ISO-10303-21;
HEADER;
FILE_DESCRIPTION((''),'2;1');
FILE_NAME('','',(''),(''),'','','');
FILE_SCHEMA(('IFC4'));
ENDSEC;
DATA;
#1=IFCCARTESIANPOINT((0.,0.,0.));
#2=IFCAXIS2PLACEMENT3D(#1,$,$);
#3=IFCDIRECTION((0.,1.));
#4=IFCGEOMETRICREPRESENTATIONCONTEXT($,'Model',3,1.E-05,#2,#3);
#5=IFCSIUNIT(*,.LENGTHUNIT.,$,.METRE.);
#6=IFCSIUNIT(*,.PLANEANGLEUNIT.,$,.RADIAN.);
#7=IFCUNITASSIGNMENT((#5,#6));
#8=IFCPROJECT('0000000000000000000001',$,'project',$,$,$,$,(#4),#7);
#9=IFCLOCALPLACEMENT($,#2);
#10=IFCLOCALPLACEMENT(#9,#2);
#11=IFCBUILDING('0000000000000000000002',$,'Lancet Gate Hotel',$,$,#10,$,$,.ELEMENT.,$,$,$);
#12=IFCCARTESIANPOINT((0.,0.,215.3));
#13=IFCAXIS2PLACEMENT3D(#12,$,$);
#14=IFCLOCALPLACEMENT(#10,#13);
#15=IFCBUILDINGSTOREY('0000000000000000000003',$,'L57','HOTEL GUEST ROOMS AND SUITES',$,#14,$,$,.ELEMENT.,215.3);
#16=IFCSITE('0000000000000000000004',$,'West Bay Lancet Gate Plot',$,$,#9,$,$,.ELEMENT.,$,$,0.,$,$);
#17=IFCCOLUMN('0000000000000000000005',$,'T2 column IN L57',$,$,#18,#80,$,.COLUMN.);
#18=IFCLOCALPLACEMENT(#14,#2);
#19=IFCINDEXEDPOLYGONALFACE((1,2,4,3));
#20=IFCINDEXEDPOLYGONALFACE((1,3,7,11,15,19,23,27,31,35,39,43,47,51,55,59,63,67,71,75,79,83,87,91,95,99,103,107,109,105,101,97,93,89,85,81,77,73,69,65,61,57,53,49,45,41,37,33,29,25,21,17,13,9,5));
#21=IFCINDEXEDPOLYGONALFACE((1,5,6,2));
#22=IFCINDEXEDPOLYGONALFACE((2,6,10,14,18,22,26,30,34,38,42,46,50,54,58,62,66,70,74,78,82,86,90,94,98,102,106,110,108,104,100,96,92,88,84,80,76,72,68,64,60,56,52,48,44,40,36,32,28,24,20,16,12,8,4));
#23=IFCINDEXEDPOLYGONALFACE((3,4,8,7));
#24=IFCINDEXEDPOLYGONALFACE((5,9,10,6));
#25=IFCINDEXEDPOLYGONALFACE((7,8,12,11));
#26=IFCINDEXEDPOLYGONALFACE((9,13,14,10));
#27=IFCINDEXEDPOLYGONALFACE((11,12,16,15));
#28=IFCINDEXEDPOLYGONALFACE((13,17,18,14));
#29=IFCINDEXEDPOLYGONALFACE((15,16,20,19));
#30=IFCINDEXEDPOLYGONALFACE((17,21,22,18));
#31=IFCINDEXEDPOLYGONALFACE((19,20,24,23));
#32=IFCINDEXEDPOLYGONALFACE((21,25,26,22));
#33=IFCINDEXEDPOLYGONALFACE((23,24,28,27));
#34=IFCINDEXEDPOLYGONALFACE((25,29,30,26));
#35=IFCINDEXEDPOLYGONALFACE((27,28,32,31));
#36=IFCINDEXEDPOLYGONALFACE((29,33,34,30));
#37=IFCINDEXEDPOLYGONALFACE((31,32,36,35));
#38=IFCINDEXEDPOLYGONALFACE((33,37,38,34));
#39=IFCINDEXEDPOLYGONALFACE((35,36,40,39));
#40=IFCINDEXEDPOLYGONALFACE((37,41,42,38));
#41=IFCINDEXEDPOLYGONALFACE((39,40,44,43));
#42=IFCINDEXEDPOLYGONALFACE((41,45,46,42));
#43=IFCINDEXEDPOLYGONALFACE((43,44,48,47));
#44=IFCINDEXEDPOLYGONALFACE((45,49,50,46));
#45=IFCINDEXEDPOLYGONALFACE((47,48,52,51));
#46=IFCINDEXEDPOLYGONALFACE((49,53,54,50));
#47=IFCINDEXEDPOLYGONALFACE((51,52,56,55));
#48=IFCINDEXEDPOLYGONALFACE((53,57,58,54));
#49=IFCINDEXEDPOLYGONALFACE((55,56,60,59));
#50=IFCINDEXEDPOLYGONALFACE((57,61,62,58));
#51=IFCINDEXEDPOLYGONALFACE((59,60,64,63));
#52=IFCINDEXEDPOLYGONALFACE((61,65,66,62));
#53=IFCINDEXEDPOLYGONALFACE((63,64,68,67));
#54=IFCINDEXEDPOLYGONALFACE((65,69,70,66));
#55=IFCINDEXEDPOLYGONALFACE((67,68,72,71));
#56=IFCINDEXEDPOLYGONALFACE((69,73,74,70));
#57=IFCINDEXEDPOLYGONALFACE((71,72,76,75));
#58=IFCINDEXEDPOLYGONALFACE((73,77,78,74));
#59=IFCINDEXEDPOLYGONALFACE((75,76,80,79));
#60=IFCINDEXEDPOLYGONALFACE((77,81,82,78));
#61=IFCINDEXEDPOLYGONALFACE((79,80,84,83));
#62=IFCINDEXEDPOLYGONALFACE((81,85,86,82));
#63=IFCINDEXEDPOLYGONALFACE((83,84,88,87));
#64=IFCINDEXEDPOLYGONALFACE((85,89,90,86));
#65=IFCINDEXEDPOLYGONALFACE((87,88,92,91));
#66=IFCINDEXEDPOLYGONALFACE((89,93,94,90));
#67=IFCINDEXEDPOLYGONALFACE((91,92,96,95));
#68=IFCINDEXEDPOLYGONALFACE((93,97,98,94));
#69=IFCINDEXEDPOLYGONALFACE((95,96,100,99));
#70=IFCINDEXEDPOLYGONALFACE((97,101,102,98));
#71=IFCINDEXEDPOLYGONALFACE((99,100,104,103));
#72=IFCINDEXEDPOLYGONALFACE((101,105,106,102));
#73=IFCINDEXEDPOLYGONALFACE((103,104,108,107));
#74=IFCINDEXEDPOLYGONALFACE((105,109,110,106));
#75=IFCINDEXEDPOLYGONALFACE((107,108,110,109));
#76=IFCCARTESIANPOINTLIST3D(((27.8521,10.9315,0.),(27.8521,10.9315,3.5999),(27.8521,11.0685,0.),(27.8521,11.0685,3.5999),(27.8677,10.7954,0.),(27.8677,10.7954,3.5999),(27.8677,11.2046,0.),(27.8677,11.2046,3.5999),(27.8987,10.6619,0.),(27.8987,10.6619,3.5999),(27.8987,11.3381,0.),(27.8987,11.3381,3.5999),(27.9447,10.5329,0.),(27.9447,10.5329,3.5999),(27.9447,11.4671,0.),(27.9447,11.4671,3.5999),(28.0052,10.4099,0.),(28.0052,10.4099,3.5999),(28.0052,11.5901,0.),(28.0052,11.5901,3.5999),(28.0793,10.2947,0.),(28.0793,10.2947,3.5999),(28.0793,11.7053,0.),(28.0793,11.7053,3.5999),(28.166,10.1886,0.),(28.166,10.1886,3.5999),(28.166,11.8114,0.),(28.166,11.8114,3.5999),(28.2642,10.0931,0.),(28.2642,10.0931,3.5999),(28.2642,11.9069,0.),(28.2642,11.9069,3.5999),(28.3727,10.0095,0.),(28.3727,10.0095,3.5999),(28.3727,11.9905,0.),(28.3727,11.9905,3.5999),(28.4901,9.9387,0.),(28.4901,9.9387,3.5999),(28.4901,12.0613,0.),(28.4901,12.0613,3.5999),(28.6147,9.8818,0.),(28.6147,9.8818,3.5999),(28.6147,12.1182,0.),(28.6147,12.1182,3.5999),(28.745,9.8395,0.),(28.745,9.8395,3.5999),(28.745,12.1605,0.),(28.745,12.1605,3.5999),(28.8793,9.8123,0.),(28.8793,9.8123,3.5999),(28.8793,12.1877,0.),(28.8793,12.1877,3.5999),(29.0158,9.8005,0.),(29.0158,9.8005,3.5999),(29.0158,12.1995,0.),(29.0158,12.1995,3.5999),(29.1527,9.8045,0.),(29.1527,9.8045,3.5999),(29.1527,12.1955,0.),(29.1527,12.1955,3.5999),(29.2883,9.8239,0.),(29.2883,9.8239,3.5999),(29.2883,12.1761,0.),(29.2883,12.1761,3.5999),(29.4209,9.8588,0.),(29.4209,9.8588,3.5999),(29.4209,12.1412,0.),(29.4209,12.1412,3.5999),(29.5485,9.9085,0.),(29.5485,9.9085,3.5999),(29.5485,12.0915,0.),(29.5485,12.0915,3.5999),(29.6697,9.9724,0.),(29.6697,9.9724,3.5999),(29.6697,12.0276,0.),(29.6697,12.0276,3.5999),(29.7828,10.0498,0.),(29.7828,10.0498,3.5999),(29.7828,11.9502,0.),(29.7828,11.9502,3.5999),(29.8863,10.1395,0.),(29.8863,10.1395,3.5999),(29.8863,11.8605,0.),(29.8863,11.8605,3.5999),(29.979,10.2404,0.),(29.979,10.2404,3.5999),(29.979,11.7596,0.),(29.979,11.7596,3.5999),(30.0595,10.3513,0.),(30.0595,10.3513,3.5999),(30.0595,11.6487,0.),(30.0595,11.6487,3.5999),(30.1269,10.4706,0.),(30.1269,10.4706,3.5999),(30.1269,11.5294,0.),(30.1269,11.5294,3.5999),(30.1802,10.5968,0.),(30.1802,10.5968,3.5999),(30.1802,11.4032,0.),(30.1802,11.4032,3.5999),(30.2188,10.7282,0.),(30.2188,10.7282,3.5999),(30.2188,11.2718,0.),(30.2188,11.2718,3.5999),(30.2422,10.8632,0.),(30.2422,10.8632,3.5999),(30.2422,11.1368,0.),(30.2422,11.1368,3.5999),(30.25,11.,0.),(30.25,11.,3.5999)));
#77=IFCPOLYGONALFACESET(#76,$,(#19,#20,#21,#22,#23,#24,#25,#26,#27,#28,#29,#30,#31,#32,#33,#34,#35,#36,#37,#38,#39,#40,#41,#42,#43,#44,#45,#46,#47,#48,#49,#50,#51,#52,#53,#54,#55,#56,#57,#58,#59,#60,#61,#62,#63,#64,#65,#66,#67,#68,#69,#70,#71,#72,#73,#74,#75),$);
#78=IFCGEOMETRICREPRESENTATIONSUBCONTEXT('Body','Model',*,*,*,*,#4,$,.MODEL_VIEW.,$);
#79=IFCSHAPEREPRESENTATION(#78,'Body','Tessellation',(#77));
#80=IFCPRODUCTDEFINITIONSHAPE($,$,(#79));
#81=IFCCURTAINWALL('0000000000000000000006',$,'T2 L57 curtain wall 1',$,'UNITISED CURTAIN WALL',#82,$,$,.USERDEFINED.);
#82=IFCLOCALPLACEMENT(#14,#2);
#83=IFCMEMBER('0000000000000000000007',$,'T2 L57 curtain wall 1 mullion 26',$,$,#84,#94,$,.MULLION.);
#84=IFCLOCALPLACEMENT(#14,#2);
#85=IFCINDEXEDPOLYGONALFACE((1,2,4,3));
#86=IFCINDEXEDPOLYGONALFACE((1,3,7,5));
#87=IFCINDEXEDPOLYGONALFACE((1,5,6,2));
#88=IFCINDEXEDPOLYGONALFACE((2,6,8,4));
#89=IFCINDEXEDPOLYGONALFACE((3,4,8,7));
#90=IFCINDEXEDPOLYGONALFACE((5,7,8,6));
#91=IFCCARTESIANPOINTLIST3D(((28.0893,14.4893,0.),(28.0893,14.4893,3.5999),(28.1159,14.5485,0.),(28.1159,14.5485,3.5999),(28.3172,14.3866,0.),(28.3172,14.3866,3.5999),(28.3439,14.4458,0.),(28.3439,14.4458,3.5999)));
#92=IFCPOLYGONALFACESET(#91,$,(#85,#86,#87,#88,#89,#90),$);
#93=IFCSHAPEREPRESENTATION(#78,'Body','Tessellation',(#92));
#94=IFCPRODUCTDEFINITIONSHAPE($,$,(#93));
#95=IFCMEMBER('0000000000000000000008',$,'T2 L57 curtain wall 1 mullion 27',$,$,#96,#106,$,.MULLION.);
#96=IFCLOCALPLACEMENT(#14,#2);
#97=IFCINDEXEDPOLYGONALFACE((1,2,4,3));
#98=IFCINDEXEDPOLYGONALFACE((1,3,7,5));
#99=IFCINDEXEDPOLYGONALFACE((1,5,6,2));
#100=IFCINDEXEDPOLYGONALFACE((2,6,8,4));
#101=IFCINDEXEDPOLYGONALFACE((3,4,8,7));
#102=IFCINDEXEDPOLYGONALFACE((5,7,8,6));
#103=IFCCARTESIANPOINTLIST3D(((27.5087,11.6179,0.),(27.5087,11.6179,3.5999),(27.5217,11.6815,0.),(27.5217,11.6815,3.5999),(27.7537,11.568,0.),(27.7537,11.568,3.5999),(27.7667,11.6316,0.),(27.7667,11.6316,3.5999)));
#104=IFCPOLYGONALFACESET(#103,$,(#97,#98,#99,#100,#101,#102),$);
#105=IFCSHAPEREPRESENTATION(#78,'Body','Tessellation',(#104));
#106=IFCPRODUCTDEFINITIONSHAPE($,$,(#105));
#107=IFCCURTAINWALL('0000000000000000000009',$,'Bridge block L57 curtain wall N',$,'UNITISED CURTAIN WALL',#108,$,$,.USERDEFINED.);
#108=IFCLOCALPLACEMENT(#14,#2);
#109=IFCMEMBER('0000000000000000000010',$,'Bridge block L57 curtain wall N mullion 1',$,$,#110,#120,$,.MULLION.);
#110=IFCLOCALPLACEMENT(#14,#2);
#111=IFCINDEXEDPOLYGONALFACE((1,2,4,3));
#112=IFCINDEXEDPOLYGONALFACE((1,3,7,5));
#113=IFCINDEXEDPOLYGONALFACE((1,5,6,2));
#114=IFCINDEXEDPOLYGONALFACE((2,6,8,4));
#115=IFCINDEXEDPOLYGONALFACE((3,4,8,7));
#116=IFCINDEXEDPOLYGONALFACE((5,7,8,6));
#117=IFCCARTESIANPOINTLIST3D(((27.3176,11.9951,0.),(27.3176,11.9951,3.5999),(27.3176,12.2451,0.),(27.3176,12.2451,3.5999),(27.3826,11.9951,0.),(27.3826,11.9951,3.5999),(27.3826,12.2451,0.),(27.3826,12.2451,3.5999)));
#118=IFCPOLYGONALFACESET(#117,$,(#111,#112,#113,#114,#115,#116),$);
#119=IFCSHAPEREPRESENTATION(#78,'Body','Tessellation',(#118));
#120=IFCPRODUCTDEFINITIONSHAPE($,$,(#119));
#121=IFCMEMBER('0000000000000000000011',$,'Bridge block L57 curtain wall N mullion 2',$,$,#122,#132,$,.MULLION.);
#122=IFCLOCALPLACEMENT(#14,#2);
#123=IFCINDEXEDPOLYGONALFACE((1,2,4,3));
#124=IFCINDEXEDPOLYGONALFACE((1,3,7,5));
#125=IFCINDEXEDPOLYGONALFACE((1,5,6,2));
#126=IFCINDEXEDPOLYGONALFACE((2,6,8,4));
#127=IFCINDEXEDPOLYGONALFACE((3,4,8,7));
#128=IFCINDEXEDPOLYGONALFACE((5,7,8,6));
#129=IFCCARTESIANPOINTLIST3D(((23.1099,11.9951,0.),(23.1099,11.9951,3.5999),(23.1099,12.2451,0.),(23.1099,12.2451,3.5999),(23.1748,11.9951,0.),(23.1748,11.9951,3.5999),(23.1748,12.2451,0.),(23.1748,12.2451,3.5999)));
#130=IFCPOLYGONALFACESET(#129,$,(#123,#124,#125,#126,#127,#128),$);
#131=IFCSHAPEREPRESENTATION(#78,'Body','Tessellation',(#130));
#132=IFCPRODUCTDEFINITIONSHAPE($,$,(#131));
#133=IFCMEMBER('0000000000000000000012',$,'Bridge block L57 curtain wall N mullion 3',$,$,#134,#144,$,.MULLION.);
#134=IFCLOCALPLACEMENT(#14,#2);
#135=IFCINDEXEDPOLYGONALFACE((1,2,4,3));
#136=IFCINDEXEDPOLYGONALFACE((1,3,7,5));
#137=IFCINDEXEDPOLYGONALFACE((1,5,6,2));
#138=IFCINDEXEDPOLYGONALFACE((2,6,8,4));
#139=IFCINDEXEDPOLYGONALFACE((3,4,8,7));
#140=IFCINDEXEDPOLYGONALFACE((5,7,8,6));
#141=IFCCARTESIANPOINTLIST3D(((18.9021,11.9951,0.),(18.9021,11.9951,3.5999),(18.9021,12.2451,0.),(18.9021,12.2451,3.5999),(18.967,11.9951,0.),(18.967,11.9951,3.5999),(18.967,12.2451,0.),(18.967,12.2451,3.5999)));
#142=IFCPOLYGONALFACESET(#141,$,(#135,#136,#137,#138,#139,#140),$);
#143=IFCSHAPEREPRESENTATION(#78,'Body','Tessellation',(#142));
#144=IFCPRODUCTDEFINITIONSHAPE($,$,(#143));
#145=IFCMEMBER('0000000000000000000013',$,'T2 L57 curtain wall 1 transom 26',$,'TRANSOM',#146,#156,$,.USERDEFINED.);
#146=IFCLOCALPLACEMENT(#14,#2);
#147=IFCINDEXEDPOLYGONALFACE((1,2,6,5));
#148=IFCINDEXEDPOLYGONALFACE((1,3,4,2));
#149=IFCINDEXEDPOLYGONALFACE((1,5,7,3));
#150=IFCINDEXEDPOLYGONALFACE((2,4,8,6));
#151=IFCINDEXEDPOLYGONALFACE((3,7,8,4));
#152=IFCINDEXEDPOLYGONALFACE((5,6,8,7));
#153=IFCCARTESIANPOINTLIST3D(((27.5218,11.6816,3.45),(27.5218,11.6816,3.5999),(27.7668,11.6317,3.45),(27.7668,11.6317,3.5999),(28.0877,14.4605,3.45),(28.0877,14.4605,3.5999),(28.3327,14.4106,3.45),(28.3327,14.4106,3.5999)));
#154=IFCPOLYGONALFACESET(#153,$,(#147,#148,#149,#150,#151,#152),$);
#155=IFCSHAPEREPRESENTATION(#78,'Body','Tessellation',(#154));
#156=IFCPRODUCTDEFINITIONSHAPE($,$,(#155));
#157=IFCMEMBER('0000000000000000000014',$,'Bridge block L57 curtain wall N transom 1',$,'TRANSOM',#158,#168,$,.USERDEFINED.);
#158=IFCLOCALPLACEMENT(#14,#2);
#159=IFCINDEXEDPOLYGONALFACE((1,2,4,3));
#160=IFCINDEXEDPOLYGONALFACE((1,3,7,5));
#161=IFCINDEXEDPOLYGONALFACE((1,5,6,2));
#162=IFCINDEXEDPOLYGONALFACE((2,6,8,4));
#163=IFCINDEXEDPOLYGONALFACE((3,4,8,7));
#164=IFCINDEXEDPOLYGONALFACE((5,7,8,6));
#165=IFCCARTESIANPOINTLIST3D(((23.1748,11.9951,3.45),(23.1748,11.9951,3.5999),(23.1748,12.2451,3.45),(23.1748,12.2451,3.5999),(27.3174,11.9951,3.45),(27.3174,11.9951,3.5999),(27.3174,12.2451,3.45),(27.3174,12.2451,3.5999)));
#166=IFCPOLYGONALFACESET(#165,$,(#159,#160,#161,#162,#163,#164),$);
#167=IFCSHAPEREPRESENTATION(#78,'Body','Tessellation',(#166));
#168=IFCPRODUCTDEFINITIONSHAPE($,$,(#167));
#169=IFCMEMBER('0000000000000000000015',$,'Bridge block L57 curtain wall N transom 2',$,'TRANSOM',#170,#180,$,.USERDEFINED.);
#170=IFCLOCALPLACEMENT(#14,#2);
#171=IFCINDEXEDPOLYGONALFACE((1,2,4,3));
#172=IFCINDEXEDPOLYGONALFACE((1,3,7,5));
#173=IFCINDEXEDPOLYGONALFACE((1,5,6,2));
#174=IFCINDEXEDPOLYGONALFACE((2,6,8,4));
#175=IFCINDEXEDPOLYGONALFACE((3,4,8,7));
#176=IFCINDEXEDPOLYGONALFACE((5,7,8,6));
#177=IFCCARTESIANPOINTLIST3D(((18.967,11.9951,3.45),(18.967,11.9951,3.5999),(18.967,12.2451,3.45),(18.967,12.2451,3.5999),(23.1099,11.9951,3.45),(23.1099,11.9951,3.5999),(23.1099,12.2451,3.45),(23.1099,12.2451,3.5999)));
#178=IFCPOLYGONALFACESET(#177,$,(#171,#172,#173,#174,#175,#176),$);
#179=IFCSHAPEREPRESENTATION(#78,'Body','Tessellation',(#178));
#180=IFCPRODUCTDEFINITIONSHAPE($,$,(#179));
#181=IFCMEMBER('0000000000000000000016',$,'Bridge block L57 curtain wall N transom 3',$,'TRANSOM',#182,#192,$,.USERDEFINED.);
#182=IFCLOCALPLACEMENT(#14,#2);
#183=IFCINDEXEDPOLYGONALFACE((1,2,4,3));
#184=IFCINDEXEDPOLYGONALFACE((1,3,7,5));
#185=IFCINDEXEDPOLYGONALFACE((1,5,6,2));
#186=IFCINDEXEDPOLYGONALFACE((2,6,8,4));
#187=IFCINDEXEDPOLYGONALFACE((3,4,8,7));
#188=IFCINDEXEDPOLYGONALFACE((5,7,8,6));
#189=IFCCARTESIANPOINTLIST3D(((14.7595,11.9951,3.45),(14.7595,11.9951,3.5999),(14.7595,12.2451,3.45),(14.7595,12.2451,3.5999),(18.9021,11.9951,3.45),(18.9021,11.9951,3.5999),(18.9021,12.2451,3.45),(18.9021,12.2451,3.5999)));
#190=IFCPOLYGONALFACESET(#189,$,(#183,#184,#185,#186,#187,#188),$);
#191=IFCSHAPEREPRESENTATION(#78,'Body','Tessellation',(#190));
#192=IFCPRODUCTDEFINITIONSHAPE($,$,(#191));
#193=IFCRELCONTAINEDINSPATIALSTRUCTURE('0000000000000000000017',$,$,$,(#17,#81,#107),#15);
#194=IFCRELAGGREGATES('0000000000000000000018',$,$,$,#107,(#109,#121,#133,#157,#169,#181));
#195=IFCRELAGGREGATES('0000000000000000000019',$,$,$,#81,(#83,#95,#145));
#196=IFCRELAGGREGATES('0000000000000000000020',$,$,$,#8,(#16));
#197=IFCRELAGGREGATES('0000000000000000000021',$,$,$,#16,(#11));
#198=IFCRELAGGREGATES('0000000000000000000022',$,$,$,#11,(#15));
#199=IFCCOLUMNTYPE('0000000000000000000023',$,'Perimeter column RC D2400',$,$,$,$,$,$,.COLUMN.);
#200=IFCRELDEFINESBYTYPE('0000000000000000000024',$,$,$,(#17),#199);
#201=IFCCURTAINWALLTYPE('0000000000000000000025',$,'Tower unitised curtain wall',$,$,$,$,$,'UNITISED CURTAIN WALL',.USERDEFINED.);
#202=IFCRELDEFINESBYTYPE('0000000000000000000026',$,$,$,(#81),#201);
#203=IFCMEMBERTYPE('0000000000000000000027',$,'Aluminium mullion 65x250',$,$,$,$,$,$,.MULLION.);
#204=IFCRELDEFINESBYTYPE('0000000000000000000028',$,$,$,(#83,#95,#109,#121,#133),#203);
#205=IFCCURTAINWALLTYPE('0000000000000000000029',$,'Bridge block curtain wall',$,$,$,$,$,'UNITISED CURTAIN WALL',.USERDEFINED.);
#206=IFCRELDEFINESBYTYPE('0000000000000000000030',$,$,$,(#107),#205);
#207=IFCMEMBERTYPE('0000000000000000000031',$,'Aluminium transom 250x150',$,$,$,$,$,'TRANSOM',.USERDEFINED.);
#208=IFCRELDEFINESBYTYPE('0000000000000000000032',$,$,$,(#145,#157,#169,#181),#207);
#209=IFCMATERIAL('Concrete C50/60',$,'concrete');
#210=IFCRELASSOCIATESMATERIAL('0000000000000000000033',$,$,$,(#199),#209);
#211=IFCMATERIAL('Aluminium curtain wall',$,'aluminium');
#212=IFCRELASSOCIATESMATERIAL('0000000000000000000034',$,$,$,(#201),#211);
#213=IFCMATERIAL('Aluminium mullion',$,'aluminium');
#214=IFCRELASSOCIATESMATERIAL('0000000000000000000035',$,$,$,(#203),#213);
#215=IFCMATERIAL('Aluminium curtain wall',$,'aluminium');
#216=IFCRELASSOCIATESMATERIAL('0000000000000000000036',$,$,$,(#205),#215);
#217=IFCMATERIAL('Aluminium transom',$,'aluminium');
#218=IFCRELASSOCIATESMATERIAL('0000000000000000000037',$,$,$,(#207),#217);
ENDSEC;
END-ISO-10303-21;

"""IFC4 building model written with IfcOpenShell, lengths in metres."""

from ifc_helpers import new_model, si_unit, direction, frame, origin, origin_2d, place, context, subcontext, project, spatial, rectangle, circle, extrude, material, material_profile, profile_set, type_object, element, aggregate, save


model = new_model("IFC4")

# Units and contexts
model_context = context("Model", 3, precision=1e-05, world=origin(), true_north=direction((0.0, 1.0)))
body_context = subcontext(model_context, "Body", "Model", "MODEL_VIEW")
ifc_project = project(units=[si_unit("LENGTHUNIT", "METRE"), si_unit("PLANEANGLEUNIT", "RADIAN")], contexts=[model_context])

# Site, building, storey
site_placement = place(None, origin())
site = spatial("IfcSite", under=ifc_project, at=site_placement, Name="West Bay Lancet Gate Plot", CompositionType="ELEMENT", RefElevation=0.0)
building_placement = place(site_placement, origin())
building = spatial("IfcBuilding", under=site, at=building_placement, Name="Lancet Gate Hotel", CompositionType="ELEMENT")
storey_placement = place(building_placement, frame((0.0, 0.0, 215.3)))
storey = spatial("IfcBuildingStorey", under=building, at=storey_placement, Name="L57", Description="HOTEL GUEST ROOMS AND SUITES", CompositionType="ELEMENT", Elevation=215.3)

# Column
ifc_material_1 = material(Name="Concrete C50/60", Category="concrete")
ifc_material_profile_1 = material_profile(ifc_material_1, circle(Radius=1.2, at=origin_2d()), Name="RC D2400")
ifc_profile_set_1 = profile_set([ifc_material_profile_1], Name="Concrete C50/60")
column_type = type_object("IfcColumnType", Name="Perimeter column RC D2400", PredefinedType="COLUMN", material=ifc_profile_set_1)
column_placement = place(storey_placement, frame((29.05, 11.0, 0.0), z_axis=(0.0, 0.0, 1.0), x_axis=(1.0, 0.0, 0.0)))
element("IfcColumn", 1, at=column_placement, inside=storey, type_object=column_type, Name="T2 column IN L57", PredefinedType="COLUMN", context=body_context, shape_type="SweptSolid", body=[
    extrude(circle(Radius=1.2, at=origin_2d()), origin(), (0.0, 0.0, 1.0), 3.5999),
])

# Curtain walls, members
ifc_material_2 = material(Name="Aluminium curtain wall", Category="aluminium")
curtain_wall_type_1 = type_object("IfcCurtainWallType", Name="Tower unitised curtain wall", ElementType="UNITISED CURTAIN WALL", PredefinedType="USERDEFINED", material=ifc_material_2)
curtain_wall_1_placement = place(storey_placement, origin())
curtain_wall_1 = element("IfcCurtainWall", 2, at=curtain_wall_1_placement, inside=storey, type_object=curtain_wall_type_1, Name="T2 L57 curtain wall 1", ObjectType="UNITISED CURTAIN WALL", PredefinedType="USERDEFINED")
ifc_material_3 = material(Name="Aluminium mullion", Category="aluminium")
ifc_material_profile_2 = material_profile(ifc_material_3, rectangle(XDim=0.0649, YDim=0.25, at=origin_2d()), Name="MULLION 65x250")
ifc_profile_set_2 = profile_set([ifc_material_profile_2], Name="Aluminium mullion")
member_type_1 = type_object("IfcMemberType", Name="Aluminium mullion 65x250", PredefinedType="MULLION", material=ifc_profile_set_2)
member_1_placement = place(storey_placement, frame((28.2166, 14.4675, 0.0), z_axis=(0.0, 0.0, 1.0), x_axis=(-0.410881, -0.911689, 0.0)))
member_1 = element("IfcMember", 3, at=member_1_placement, type_object=member_type_1, Name="T2 L57 curtain wall 1 mullion 26", PredefinedType="MULLION", context=body_context, shape_type="SweptSolid", body=[
    extrude(rectangle(XDim=0.0649, YDim=0.25, at=origin_2d()), origin(), (0.0, 0.0, 1.0), 3.5999),
])
member_2_placement = place(storey_placement, frame((27.6377, 11.6248, 0.0), z_axis=(0.0, 0.0, 1.0), x_axis=(-0.199533, -0.979891, 0.0)))
member_2 = element("IfcMember", 4, at=member_2_placement, type_object=member_type_1, Name="T2 L57 curtain wall 1 mullion 27", PredefinedType="MULLION", context=body_context, shape_type="SweptSolid", body=[
    extrude(rectangle(XDim=0.0649, YDim=0.25, at=origin_2d()), origin(), (0.0, 0.0, 1.0), 3.5999),
])
ifc_material_4 = material(Name="Aluminium curtain wall", Category="aluminium")
curtain_wall_type_2 = type_object("IfcCurtainWallType", Name="Bridge block curtain wall", ElementType="UNITISED CURTAIN WALL", PredefinedType="USERDEFINED", material=ifc_material_4)
curtain_wall_2_placement = place(storey_placement, origin())
curtain_wall_2 = element("IfcCurtainWall", 5, at=curtain_wall_2_placement, inside=storey, type_object=curtain_wall_type_2, Name="Bridge block L57 curtain wall N", ObjectType="UNITISED CURTAIN WALL", PredefinedType="USERDEFINED")
member_3_placement = place(storey_placement, frame((27.3501, 12.1201, 0.0), z_axis=(0.0, 0.0, 1.0), x_axis=(-1.0, 0.0, 0.0)))
member_3 = element("IfcMember", 6, at=member_3_placement, type_object=member_type_1, Name="Bridge block L57 curtain wall N mullion 1", PredefinedType="MULLION", context=body_context, shape_type="SweptSolid", body=[
    extrude(rectangle(XDim=0.0649, YDim=0.25, at=origin_2d()), origin(), (0.0, 0.0, 1.0), 3.5999),
])
member_4_placement = place(storey_placement, frame((23.1423, 12.1201, 0.0), z_axis=(0.0, 0.0, 1.0), x_axis=(-1.0, 0.0, 0.0)))
member_4 = element("IfcMember", 7, at=member_4_placement, type_object=member_type_1, Name="Bridge block L57 curtain wall N mullion 2", PredefinedType="MULLION", context=body_context, shape_type="SweptSolid", body=[
    extrude(rectangle(XDim=0.0649, YDim=0.25, at=origin_2d()), origin(), (0.0, 0.0, 1.0), 3.5999),
])
member_5_placement = place(storey_placement, frame((18.9346, 12.1201, 0.0), z_axis=(0.0, 0.0, 1.0), x_axis=(-1.0, 0.0, 0.0)))
member_5 = element("IfcMember", 8, at=member_5_placement, type_object=member_type_1, Name="Bridge block L57 curtain wall N mullion 3", PredefinedType="MULLION", context=body_context, shape_type="SweptSolid", body=[
    extrude(rectangle(XDim=0.0649, YDim=0.25, at=origin_2d()), origin(), (0.0, 0.0, 1.0), 3.5999),
])

# Members
ifc_material_5 = material(Name="Aluminium transom", Category="aluminium")
ifc_material_profile_3 = material_profile(ifc_material_5, rectangle(XDim=0.25, YDim=0.1499, at=origin_2d()), Name="TRANSOM 250x150")
ifc_profile_set_3 = profile_set([ifc_material_profile_3], Name="Aluminium transom")
member_type_2 = type_object("IfcMemberType", Name="Aluminium transom 250x150", ElementType="TRANSOM", PredefinedType="USERDEFINED", material=ifc_profile_set_3)
member_6_placement = place(storey_placement, frame((28.2102, 14.4355, 3.5249), z_axis=(-0.199559, -0.979886, 0.0), x_axis=(0.979886, -0.199559, 0.0)))
member_6 = element("IfcMember", 9, at=member_6_placement, type_object=member_type_2, Name="T2 L57 curtain wall 1 transom 26", ObjectType="TRANSOM", PredefinedType="USERDEFINED", context=body_context, shape_type="SweptSolid", body=[
    extrude(rectangle(XDim=0.25, YDim=0.1499, at=origin_2d()), origin(), (0.0, 0.0, 1.0), 2.8359),
])
member_7_placement = place(storey_placement, frame((27.3174, 12.1201, 3.5249), z_axis=(-1.0, 0.0, 0.0), x_axis=(0.0, -1.0, 0.0)))
member_7 = element("IfcMember", 10, at=member_7_placement, type_object=member_type_2, Name="Bridge block L57 curtain wall N transom 1", ObjectType="TRANSOM", PredefinedType="USERDEFINED", context=body_context, shape_type="SweptSolid", body=[
    extrude(rectangle(XDim=0.25, YDim=0.1499, at=origin_2d()), origin(), (0.0, 0.0, 1.0), 4.1426),
])
member_8_placement = place(storey_placement, frame((23.1099, 12.1201, 3.5249), z_axis=(-1.0, 0.0, 0.0), x_axis=(0.0, -1.0, 0.0)))
member_8 = element("IfcMember", 11, at=member_8_placement, type_object=member_type_2, Name="Bridge block L57 curtain wall N transom 2", ObjectType="TRANSOM", PredefinedType="USERDEFINED", context=body_context, shape_type="SweptSolid", body=[
    extrude(rectangle(XDim=0.25, YDim=0.1499, at=origin_2d()), origin(), (0.0, 0.0, 1.0), 4.1428),
])
member_9_placement = place(storey_placement, frame((18.9021, 12.1201, 3.5249), z_axis=(-1.0, 0.0, 0.0), x_axis=(0.0, -1.0, 0.0)))
member_9 = element("IfcMember", 12, at=member_9_placement, type_object=member_type_2, Name="Bridge block L57 curtain wall N transom 3", ObjectType="TRANSOM", PredefinedType="USERDEFINED", context=body_context, shape_type="SweptSolid", body=[
    extrude(rectangle(XDim=0.25, YDim=0.1499, at=origin_2d()), origin(), (0.0, 0.0, 1.0), 4.1426),
])

aggregate(curtain_wall_2, [member_3, member_4, member_5, member_7, member_8, member_9])
aggregate(curtain_wall_1, [member_1, member_2, member_6])

save(model, "model.ifc")
